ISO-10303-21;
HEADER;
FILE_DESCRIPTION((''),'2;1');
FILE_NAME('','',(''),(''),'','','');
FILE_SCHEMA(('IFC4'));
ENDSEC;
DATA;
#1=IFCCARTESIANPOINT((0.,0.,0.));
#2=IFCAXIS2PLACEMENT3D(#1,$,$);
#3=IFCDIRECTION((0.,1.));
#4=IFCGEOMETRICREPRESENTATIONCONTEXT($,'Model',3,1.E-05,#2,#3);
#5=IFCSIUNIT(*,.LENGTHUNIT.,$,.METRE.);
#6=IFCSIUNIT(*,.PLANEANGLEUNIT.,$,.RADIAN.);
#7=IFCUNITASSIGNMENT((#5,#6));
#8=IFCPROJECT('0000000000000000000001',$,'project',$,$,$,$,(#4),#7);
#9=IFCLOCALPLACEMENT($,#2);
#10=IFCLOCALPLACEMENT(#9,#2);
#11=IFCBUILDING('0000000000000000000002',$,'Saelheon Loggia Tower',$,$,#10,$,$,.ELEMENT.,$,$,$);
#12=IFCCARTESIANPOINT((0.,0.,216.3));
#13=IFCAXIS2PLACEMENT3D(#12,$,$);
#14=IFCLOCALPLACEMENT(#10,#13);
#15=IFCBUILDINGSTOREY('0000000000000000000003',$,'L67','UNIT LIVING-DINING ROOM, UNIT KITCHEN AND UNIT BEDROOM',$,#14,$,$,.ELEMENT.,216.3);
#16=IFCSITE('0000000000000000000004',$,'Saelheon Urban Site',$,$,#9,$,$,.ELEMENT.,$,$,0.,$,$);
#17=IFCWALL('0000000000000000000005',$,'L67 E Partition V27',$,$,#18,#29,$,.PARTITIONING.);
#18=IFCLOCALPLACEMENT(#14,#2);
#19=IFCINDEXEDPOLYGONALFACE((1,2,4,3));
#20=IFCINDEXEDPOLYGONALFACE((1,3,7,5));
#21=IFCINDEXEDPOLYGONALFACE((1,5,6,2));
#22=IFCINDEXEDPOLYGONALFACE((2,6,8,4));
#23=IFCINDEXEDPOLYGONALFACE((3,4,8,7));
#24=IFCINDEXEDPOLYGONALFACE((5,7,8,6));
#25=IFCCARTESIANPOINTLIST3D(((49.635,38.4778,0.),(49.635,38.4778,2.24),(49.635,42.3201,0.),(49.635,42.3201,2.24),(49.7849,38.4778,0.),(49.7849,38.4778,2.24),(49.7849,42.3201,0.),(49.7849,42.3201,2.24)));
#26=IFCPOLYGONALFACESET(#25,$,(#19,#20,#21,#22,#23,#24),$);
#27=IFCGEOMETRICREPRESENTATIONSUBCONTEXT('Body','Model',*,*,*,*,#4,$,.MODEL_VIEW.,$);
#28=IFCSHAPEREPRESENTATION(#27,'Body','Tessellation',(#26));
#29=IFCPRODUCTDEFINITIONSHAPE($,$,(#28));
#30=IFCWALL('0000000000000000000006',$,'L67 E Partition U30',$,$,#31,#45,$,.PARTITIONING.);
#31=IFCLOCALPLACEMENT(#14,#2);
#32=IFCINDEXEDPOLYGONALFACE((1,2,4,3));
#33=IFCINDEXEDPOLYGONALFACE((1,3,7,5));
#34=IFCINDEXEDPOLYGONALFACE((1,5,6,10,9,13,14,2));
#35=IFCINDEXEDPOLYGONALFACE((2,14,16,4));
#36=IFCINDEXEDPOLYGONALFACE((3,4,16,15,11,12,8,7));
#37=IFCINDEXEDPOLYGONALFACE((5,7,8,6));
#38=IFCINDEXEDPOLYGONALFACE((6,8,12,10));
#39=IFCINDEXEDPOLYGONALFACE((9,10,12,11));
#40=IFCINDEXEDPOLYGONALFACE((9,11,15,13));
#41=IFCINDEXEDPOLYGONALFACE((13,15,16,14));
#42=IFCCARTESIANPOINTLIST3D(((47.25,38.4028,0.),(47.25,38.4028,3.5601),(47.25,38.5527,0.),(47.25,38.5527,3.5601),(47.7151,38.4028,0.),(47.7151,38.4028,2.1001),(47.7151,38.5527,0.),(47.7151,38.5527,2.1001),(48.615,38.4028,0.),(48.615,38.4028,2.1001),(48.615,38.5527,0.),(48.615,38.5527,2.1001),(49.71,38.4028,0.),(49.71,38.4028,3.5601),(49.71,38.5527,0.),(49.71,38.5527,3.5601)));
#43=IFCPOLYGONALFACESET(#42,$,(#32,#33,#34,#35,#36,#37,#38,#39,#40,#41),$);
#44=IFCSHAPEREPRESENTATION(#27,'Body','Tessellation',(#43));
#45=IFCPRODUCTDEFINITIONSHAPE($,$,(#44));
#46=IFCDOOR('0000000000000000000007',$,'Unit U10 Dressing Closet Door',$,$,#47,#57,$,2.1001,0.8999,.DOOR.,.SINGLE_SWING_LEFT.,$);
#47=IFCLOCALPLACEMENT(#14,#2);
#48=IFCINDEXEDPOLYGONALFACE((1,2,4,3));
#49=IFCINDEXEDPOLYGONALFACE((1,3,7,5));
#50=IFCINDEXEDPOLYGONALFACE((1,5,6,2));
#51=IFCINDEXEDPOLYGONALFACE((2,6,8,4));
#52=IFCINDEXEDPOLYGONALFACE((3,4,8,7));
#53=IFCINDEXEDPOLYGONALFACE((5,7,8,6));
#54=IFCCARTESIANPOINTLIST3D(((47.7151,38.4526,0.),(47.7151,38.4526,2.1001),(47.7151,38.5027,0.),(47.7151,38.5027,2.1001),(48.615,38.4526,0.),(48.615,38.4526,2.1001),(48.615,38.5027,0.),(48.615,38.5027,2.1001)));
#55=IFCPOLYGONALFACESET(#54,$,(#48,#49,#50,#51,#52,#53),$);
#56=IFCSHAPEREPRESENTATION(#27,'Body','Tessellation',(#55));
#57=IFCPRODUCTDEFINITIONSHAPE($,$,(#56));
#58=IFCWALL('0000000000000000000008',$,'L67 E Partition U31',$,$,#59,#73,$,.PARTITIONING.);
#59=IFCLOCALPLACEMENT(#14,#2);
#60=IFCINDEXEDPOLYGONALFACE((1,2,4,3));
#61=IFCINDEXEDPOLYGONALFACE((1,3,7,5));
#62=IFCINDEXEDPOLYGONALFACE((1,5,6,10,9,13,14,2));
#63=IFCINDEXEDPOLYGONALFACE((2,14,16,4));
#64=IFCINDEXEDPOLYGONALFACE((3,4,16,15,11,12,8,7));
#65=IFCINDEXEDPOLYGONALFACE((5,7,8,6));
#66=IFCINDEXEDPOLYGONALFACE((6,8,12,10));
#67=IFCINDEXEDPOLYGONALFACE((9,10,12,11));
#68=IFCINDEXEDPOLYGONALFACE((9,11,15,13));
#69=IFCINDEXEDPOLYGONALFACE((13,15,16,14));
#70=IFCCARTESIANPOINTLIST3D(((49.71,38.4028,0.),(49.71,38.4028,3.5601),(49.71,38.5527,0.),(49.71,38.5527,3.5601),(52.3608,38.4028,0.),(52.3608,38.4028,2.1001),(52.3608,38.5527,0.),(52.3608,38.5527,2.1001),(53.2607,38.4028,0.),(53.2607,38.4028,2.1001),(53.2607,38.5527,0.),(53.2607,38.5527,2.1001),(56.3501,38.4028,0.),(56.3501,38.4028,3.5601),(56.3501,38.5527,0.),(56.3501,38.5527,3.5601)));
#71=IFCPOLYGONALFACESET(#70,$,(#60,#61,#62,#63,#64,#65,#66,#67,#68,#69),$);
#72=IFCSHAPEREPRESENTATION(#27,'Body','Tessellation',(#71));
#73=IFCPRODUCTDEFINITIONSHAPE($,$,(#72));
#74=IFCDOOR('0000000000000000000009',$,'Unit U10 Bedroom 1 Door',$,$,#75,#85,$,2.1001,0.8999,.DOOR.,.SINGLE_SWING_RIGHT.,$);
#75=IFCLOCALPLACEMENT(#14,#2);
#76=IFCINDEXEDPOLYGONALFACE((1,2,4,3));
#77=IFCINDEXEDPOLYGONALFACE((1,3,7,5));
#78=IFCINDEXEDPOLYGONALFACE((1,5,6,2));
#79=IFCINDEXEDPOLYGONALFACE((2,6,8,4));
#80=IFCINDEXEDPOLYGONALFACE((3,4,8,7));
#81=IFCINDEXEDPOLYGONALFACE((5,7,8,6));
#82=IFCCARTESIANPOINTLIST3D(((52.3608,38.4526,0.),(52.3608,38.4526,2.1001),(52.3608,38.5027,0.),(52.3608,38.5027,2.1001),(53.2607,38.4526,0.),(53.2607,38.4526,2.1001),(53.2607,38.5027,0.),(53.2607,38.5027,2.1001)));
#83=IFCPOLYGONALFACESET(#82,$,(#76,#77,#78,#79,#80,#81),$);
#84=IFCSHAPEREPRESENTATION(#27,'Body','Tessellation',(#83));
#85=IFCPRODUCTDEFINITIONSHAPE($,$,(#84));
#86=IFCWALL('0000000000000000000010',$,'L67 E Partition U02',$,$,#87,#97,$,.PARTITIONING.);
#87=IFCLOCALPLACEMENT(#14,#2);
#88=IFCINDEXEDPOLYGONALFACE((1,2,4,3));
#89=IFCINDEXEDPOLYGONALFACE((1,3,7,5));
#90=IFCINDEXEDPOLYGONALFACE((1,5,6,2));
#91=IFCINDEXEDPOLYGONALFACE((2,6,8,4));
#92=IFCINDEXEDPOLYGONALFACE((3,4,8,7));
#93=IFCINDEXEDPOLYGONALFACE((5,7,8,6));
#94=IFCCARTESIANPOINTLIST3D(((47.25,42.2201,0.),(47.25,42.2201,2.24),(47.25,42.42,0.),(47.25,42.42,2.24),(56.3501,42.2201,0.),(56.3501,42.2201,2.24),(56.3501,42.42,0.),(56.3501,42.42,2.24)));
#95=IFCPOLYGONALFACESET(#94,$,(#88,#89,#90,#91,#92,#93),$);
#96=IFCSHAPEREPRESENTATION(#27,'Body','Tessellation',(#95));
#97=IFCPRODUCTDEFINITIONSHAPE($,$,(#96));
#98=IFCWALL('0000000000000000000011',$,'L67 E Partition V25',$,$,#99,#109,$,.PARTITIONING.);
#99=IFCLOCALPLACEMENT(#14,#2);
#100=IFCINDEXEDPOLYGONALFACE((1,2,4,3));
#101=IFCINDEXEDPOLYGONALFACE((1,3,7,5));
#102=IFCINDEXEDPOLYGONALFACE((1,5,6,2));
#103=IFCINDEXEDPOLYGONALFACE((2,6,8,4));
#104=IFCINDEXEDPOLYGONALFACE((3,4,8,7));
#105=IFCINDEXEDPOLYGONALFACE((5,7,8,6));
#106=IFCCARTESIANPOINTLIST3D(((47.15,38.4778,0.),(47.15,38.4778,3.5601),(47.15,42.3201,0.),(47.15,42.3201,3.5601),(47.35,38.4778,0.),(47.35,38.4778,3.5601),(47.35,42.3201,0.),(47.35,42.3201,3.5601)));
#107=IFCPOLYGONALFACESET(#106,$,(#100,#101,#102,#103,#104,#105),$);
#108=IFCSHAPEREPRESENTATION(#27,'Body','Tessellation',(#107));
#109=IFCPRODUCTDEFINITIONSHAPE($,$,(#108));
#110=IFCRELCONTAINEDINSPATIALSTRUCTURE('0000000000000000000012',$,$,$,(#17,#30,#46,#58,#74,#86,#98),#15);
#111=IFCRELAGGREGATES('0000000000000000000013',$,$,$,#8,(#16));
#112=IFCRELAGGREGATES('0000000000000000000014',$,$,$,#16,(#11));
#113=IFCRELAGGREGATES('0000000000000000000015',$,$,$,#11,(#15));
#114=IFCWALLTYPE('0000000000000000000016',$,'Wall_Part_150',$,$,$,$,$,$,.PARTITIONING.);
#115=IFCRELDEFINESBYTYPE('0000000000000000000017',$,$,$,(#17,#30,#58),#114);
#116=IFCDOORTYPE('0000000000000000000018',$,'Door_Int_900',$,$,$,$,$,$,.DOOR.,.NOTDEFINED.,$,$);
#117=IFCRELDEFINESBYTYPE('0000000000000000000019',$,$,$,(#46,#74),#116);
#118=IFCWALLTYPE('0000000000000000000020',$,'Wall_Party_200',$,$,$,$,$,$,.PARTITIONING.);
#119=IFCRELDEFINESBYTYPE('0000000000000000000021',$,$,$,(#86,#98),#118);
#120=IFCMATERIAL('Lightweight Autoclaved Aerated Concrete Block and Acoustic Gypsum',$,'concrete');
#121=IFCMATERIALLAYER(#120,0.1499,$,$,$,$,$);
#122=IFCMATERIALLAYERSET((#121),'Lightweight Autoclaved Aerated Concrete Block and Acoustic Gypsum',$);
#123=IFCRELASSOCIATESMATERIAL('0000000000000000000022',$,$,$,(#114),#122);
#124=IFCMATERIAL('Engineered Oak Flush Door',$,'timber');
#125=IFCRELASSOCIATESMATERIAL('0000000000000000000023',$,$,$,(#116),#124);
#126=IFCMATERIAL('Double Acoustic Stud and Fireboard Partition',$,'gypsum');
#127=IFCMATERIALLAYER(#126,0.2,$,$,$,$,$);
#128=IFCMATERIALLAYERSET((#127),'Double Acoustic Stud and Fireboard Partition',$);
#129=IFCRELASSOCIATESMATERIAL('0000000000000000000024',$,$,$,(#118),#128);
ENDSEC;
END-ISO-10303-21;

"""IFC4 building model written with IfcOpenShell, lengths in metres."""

from ifc_helpers import new_model, si_unit, direction, frame, frame_2d, origin, place, context, subcontext, project, spatial, rectangle, extrude, source, transform, mapped, material, layer, layer_set, type_object, element, fill, save


model = new_model("IFC4")

# Units and contexts
model_context = context("Model", 3, precision=1e-05, world=origin(), true_north=direction((0.0, 1.0)))
body_context = subcontext(model_context, "Body", "Model", "MODEL_VIEW")
ifc_project = project(units=[si_unit("LENGTHUNIT", "METRE"), si_unit("PLANEANGLEUNIT", "RADIAN")], contexts=[model_context])

# Site, building, storey
site_placement = place(None, origin())
site = spatial("IfcSite", under=ifc_project, at=site_placement, Name="Saelheon Urban Site", CompositionType="ELEMENT", RefElevation=0.0)
building_placement = place(site_placement, origin())
building = spatial("IfcBuilding", under=site, at=building_placement, Name="Saelheon Loggia Tower", CompositionType="ELEMENT")
storey_placement = place(building_placement, frame((0.0, 0.0, 216.3)))
storey = spatial("IfcBuildingStorey", under=building, at=storey_placement, Name="L67", Description="UNIT LIVING-DINING ROOM, UNIT KITCHEN AND UNIT BEDROOM", CompositionType="ELEMENT", Elevation=216.3)

# Wall
ifc_material_1 = material(Name="Lightweight Autoclaved Aerated Concrete Block and Acoustic Gypsum", Category="concrete")
ifc_layer_1 = layer(ifc_material_1, 0.1499)
ifc_layer_set_1 = layer_set([ifc_layer_1], Name="Lightweight Autoclaved Aerated Concrete Block and Acoustic Gypsum")
wall_type_1 = type_object("IfcWallType", Name="Wall_Part_150", PredefinedType="PARTITIONING", material=ifc_layer_set_1)
wall_1_placement = place(storey_placement, frame((49.71, 38.4778, 0.0), z_axis=(0.0, 0.0, 1.0), x_axis=(0.0, 1.0, 0.0)))
element("IfcWall", 1, at=wall_1_placement, inside=storey, type_object=wall_type_1, Name="L67 E Partition V27", PredefinedType="PARTITIONING", context=body_context, shape_type="SweptSolid", body=[
    extrude(rectangle(XDim=3.8423, YDim=0.1499, at=frame_2d((1.9211, 0.0))), origin(), (0.0, 0.0, 1.0), 2.24),
])

# Walls, openings, doors
wall_2_placement = place(storey_placement, frame((47.25, 38.4778, 0.0), z_axis=(0.0, 0.0, 1.0), x_axis=(1.0, 0.0, 0.0)))
wall_2 = element("IfcWall", 2, at=wall_2_placement, inside=storey, type_object=wall_type_1, Name="L67 E Partition U30", PredefinedType="PARTITIONING", context=body_context, shape_type="SweptSolid", body=[
    extrude(rectangle(XDim=2.46, YDim=0.1499, at=frame_2d((1.23, 0.0))), origin(), (0.0, 0.0, 1.0), 3.5601),
])
opening_1_placement = place(wall_2_placement, frame((0.4651, 0.0, 0.0)))
opening_1 = element("IfcOpeningElement", 3, at=opening_1_placement, cuts=wall_2, PredefinedType="OPENING", context=body_context, shape_type="SweptSolid", body=[
    extrude(rectangle(XDim=0.8999, YDim=2.1001, at=frame_2d((0.45, 1.05))), frame((0.0, 0.0869, 0.0), z_axis=(0.0, -1.0, 0.0), x_axis=(1.0, 0.0, 0.0)), (0.0, 0.0, 1.0), 0.1738),
])
ifc_material_2 = material(Name="Engineered Oak Flush Door", Category="timber")
door_type = type_object("IfcDoorType", Name="Door_Int_900", OperationType="NOTDEFINED", PredefinedType="DOOR", material=ifc_material_2)
shared_shape_1 = source(origin(), body_context, "Body", "SweptSolid", [
    extrude(rectangle(XDim=0.8999, YDim=2.1001, at=frame_2d((0.45, 1.05))), frame((0.0, 0.0249, 0.0), z_axis=(0.0, -1.0, 0.0), x_axis=(1.0, 0.0, 0.0)), (0.0, 0.0, 1.0), 0.05),
])
door_1_placement = place(opening_1_placement, origin())
door_1 = element("IfcDoor", 4, at=door_1_placement, inside=storey, type_object=door_type, Name="Unit U10 Dressing Closet Door", OperationType="SINGLE_SWING_LEFT", OverallHeight=2.1001, OverallWidth=0.8999, PredefinedType="DOOR", context=body_context, shape_type="MappedRepresentation", body=[
    mapped(shared_shape_1, transform((0.0, 0.0, 0.0), scale=1.0)),
])
fill(opening_1, door_1)
wall_3_placement = place(storey_placement, frame((49.71, 38.4778, 0.0), z_axis=(0.0, 0.0, 1.0), x_axis=(1.0, 0.0, 0.0)))
wall_3 = element("IfcWall", 5, at=wall_3_placement, inside=storey, type_object=wall_type_1, Name="L67 E Partition U31", PredefinedType="PARTITIONING", context=body_context, shape_type="SweptSolid", body=[
    extrude(rectangle(XDim=6.6401, YDim=0.1499, at=frame_2d((3.3201, 0.0))), origin(), (0.0, 0.0, 1.0), 3.5601),
])
opening_2_placement = place(wall_3_placement, frame((2.6509, 0.0, 0.0)))
opening_2 = element("IfcOpeningElement", 6, at=opening_2_placement, cuts=wall_3, PredefinedType="OPENING", context=body_context, shape_type="SweptSolid", body=[
    extrude(rectangle(XDim=0.8999, YDim=2.1001, at=frame_2d((0.45, 1.05))), frame((0.0, 0.0869, 0.0), z_axis=(0.0, -1.0, 0.0), x_axis=(1.0, 0.0, 0.0)), (0.0, 0.0, 1.0), 0.1738),
])
door_2_placement = place(opening_2_placement, origin())
door_2 = element("IfcDoor", 7, at=door_2_placement, inside=storey, type_object=door_type, Name="Unit U10 Bedroom 1 Door", OperationType="SINGLE_SWING_RIGHT", OverallHeight=2.1001, OverallWidth=0.8999, PredefinedType="DOOR", context=body_context, shape_type="MappedRepresentation", body=[
    mapped(shared_shape_1, transform((0.0, 0.0, 0.0), scale=1.0)),
])
fill(opening_2, door_2)

# Walls
ifc_material_3 = material(Name="Double Acoustic Stud and Fireboard Partition", Category="gypsum")
ifc_layer_2 = layer(ifc_material_3, 0.2)
ifc_layer_set_2 = layer_set([ifc_layer_2], Name="Double Acoustic Stud and Fireboard Partition")
wall_type_2 = type_object("IfcWallType", Name="Wall_Party_200", PredefinedType="PARTITIONING", material=ifc_layer_set_2)
wall_4_placement = place(storey_placement, frame((47.25, 42.3201, 0.0), z_axis=(0.0, 0.0, 1.0), x_axis=(1.0, 0.0, 0.0)))
element("IfcWall", 8, at=wall_4_placement, inside=storey, type_object=wall_type_2, Name="L67 E Partition U02", PredefinedType="PARTITIONING", context=body_context, shape_type="SweptSolid", body=[
    extrude(rectangle(XDim=9.1001, YDim=0.2, at=frame_2d((4.55, 0.0))), origin(), (0.0, 0.0, 1.0), 2.24),
])
wall_5_placement = place(storey_placement, frame((47.25, 38.4778, 0.0), z_axis=(0.0, 0.0, 1.0), x_axis=(0.0, 1.0, 0.0)))
element("IfcWall", 9, at=wall_5_placement, inside=storey, type_object=wall_type_2, Name="L67 E Partition V25", PredefinedType="PARTITIONING", context=body_context, shape_type="SweptSolid", body=[
    extrude(rectangle(XDim=3.8423, YDim=0.2, at=frame_2d((1.9211, 0.0))), origin(), (0.0, 0.0, 1.0), 3.5601),
])

save(model, "model.ifc")
